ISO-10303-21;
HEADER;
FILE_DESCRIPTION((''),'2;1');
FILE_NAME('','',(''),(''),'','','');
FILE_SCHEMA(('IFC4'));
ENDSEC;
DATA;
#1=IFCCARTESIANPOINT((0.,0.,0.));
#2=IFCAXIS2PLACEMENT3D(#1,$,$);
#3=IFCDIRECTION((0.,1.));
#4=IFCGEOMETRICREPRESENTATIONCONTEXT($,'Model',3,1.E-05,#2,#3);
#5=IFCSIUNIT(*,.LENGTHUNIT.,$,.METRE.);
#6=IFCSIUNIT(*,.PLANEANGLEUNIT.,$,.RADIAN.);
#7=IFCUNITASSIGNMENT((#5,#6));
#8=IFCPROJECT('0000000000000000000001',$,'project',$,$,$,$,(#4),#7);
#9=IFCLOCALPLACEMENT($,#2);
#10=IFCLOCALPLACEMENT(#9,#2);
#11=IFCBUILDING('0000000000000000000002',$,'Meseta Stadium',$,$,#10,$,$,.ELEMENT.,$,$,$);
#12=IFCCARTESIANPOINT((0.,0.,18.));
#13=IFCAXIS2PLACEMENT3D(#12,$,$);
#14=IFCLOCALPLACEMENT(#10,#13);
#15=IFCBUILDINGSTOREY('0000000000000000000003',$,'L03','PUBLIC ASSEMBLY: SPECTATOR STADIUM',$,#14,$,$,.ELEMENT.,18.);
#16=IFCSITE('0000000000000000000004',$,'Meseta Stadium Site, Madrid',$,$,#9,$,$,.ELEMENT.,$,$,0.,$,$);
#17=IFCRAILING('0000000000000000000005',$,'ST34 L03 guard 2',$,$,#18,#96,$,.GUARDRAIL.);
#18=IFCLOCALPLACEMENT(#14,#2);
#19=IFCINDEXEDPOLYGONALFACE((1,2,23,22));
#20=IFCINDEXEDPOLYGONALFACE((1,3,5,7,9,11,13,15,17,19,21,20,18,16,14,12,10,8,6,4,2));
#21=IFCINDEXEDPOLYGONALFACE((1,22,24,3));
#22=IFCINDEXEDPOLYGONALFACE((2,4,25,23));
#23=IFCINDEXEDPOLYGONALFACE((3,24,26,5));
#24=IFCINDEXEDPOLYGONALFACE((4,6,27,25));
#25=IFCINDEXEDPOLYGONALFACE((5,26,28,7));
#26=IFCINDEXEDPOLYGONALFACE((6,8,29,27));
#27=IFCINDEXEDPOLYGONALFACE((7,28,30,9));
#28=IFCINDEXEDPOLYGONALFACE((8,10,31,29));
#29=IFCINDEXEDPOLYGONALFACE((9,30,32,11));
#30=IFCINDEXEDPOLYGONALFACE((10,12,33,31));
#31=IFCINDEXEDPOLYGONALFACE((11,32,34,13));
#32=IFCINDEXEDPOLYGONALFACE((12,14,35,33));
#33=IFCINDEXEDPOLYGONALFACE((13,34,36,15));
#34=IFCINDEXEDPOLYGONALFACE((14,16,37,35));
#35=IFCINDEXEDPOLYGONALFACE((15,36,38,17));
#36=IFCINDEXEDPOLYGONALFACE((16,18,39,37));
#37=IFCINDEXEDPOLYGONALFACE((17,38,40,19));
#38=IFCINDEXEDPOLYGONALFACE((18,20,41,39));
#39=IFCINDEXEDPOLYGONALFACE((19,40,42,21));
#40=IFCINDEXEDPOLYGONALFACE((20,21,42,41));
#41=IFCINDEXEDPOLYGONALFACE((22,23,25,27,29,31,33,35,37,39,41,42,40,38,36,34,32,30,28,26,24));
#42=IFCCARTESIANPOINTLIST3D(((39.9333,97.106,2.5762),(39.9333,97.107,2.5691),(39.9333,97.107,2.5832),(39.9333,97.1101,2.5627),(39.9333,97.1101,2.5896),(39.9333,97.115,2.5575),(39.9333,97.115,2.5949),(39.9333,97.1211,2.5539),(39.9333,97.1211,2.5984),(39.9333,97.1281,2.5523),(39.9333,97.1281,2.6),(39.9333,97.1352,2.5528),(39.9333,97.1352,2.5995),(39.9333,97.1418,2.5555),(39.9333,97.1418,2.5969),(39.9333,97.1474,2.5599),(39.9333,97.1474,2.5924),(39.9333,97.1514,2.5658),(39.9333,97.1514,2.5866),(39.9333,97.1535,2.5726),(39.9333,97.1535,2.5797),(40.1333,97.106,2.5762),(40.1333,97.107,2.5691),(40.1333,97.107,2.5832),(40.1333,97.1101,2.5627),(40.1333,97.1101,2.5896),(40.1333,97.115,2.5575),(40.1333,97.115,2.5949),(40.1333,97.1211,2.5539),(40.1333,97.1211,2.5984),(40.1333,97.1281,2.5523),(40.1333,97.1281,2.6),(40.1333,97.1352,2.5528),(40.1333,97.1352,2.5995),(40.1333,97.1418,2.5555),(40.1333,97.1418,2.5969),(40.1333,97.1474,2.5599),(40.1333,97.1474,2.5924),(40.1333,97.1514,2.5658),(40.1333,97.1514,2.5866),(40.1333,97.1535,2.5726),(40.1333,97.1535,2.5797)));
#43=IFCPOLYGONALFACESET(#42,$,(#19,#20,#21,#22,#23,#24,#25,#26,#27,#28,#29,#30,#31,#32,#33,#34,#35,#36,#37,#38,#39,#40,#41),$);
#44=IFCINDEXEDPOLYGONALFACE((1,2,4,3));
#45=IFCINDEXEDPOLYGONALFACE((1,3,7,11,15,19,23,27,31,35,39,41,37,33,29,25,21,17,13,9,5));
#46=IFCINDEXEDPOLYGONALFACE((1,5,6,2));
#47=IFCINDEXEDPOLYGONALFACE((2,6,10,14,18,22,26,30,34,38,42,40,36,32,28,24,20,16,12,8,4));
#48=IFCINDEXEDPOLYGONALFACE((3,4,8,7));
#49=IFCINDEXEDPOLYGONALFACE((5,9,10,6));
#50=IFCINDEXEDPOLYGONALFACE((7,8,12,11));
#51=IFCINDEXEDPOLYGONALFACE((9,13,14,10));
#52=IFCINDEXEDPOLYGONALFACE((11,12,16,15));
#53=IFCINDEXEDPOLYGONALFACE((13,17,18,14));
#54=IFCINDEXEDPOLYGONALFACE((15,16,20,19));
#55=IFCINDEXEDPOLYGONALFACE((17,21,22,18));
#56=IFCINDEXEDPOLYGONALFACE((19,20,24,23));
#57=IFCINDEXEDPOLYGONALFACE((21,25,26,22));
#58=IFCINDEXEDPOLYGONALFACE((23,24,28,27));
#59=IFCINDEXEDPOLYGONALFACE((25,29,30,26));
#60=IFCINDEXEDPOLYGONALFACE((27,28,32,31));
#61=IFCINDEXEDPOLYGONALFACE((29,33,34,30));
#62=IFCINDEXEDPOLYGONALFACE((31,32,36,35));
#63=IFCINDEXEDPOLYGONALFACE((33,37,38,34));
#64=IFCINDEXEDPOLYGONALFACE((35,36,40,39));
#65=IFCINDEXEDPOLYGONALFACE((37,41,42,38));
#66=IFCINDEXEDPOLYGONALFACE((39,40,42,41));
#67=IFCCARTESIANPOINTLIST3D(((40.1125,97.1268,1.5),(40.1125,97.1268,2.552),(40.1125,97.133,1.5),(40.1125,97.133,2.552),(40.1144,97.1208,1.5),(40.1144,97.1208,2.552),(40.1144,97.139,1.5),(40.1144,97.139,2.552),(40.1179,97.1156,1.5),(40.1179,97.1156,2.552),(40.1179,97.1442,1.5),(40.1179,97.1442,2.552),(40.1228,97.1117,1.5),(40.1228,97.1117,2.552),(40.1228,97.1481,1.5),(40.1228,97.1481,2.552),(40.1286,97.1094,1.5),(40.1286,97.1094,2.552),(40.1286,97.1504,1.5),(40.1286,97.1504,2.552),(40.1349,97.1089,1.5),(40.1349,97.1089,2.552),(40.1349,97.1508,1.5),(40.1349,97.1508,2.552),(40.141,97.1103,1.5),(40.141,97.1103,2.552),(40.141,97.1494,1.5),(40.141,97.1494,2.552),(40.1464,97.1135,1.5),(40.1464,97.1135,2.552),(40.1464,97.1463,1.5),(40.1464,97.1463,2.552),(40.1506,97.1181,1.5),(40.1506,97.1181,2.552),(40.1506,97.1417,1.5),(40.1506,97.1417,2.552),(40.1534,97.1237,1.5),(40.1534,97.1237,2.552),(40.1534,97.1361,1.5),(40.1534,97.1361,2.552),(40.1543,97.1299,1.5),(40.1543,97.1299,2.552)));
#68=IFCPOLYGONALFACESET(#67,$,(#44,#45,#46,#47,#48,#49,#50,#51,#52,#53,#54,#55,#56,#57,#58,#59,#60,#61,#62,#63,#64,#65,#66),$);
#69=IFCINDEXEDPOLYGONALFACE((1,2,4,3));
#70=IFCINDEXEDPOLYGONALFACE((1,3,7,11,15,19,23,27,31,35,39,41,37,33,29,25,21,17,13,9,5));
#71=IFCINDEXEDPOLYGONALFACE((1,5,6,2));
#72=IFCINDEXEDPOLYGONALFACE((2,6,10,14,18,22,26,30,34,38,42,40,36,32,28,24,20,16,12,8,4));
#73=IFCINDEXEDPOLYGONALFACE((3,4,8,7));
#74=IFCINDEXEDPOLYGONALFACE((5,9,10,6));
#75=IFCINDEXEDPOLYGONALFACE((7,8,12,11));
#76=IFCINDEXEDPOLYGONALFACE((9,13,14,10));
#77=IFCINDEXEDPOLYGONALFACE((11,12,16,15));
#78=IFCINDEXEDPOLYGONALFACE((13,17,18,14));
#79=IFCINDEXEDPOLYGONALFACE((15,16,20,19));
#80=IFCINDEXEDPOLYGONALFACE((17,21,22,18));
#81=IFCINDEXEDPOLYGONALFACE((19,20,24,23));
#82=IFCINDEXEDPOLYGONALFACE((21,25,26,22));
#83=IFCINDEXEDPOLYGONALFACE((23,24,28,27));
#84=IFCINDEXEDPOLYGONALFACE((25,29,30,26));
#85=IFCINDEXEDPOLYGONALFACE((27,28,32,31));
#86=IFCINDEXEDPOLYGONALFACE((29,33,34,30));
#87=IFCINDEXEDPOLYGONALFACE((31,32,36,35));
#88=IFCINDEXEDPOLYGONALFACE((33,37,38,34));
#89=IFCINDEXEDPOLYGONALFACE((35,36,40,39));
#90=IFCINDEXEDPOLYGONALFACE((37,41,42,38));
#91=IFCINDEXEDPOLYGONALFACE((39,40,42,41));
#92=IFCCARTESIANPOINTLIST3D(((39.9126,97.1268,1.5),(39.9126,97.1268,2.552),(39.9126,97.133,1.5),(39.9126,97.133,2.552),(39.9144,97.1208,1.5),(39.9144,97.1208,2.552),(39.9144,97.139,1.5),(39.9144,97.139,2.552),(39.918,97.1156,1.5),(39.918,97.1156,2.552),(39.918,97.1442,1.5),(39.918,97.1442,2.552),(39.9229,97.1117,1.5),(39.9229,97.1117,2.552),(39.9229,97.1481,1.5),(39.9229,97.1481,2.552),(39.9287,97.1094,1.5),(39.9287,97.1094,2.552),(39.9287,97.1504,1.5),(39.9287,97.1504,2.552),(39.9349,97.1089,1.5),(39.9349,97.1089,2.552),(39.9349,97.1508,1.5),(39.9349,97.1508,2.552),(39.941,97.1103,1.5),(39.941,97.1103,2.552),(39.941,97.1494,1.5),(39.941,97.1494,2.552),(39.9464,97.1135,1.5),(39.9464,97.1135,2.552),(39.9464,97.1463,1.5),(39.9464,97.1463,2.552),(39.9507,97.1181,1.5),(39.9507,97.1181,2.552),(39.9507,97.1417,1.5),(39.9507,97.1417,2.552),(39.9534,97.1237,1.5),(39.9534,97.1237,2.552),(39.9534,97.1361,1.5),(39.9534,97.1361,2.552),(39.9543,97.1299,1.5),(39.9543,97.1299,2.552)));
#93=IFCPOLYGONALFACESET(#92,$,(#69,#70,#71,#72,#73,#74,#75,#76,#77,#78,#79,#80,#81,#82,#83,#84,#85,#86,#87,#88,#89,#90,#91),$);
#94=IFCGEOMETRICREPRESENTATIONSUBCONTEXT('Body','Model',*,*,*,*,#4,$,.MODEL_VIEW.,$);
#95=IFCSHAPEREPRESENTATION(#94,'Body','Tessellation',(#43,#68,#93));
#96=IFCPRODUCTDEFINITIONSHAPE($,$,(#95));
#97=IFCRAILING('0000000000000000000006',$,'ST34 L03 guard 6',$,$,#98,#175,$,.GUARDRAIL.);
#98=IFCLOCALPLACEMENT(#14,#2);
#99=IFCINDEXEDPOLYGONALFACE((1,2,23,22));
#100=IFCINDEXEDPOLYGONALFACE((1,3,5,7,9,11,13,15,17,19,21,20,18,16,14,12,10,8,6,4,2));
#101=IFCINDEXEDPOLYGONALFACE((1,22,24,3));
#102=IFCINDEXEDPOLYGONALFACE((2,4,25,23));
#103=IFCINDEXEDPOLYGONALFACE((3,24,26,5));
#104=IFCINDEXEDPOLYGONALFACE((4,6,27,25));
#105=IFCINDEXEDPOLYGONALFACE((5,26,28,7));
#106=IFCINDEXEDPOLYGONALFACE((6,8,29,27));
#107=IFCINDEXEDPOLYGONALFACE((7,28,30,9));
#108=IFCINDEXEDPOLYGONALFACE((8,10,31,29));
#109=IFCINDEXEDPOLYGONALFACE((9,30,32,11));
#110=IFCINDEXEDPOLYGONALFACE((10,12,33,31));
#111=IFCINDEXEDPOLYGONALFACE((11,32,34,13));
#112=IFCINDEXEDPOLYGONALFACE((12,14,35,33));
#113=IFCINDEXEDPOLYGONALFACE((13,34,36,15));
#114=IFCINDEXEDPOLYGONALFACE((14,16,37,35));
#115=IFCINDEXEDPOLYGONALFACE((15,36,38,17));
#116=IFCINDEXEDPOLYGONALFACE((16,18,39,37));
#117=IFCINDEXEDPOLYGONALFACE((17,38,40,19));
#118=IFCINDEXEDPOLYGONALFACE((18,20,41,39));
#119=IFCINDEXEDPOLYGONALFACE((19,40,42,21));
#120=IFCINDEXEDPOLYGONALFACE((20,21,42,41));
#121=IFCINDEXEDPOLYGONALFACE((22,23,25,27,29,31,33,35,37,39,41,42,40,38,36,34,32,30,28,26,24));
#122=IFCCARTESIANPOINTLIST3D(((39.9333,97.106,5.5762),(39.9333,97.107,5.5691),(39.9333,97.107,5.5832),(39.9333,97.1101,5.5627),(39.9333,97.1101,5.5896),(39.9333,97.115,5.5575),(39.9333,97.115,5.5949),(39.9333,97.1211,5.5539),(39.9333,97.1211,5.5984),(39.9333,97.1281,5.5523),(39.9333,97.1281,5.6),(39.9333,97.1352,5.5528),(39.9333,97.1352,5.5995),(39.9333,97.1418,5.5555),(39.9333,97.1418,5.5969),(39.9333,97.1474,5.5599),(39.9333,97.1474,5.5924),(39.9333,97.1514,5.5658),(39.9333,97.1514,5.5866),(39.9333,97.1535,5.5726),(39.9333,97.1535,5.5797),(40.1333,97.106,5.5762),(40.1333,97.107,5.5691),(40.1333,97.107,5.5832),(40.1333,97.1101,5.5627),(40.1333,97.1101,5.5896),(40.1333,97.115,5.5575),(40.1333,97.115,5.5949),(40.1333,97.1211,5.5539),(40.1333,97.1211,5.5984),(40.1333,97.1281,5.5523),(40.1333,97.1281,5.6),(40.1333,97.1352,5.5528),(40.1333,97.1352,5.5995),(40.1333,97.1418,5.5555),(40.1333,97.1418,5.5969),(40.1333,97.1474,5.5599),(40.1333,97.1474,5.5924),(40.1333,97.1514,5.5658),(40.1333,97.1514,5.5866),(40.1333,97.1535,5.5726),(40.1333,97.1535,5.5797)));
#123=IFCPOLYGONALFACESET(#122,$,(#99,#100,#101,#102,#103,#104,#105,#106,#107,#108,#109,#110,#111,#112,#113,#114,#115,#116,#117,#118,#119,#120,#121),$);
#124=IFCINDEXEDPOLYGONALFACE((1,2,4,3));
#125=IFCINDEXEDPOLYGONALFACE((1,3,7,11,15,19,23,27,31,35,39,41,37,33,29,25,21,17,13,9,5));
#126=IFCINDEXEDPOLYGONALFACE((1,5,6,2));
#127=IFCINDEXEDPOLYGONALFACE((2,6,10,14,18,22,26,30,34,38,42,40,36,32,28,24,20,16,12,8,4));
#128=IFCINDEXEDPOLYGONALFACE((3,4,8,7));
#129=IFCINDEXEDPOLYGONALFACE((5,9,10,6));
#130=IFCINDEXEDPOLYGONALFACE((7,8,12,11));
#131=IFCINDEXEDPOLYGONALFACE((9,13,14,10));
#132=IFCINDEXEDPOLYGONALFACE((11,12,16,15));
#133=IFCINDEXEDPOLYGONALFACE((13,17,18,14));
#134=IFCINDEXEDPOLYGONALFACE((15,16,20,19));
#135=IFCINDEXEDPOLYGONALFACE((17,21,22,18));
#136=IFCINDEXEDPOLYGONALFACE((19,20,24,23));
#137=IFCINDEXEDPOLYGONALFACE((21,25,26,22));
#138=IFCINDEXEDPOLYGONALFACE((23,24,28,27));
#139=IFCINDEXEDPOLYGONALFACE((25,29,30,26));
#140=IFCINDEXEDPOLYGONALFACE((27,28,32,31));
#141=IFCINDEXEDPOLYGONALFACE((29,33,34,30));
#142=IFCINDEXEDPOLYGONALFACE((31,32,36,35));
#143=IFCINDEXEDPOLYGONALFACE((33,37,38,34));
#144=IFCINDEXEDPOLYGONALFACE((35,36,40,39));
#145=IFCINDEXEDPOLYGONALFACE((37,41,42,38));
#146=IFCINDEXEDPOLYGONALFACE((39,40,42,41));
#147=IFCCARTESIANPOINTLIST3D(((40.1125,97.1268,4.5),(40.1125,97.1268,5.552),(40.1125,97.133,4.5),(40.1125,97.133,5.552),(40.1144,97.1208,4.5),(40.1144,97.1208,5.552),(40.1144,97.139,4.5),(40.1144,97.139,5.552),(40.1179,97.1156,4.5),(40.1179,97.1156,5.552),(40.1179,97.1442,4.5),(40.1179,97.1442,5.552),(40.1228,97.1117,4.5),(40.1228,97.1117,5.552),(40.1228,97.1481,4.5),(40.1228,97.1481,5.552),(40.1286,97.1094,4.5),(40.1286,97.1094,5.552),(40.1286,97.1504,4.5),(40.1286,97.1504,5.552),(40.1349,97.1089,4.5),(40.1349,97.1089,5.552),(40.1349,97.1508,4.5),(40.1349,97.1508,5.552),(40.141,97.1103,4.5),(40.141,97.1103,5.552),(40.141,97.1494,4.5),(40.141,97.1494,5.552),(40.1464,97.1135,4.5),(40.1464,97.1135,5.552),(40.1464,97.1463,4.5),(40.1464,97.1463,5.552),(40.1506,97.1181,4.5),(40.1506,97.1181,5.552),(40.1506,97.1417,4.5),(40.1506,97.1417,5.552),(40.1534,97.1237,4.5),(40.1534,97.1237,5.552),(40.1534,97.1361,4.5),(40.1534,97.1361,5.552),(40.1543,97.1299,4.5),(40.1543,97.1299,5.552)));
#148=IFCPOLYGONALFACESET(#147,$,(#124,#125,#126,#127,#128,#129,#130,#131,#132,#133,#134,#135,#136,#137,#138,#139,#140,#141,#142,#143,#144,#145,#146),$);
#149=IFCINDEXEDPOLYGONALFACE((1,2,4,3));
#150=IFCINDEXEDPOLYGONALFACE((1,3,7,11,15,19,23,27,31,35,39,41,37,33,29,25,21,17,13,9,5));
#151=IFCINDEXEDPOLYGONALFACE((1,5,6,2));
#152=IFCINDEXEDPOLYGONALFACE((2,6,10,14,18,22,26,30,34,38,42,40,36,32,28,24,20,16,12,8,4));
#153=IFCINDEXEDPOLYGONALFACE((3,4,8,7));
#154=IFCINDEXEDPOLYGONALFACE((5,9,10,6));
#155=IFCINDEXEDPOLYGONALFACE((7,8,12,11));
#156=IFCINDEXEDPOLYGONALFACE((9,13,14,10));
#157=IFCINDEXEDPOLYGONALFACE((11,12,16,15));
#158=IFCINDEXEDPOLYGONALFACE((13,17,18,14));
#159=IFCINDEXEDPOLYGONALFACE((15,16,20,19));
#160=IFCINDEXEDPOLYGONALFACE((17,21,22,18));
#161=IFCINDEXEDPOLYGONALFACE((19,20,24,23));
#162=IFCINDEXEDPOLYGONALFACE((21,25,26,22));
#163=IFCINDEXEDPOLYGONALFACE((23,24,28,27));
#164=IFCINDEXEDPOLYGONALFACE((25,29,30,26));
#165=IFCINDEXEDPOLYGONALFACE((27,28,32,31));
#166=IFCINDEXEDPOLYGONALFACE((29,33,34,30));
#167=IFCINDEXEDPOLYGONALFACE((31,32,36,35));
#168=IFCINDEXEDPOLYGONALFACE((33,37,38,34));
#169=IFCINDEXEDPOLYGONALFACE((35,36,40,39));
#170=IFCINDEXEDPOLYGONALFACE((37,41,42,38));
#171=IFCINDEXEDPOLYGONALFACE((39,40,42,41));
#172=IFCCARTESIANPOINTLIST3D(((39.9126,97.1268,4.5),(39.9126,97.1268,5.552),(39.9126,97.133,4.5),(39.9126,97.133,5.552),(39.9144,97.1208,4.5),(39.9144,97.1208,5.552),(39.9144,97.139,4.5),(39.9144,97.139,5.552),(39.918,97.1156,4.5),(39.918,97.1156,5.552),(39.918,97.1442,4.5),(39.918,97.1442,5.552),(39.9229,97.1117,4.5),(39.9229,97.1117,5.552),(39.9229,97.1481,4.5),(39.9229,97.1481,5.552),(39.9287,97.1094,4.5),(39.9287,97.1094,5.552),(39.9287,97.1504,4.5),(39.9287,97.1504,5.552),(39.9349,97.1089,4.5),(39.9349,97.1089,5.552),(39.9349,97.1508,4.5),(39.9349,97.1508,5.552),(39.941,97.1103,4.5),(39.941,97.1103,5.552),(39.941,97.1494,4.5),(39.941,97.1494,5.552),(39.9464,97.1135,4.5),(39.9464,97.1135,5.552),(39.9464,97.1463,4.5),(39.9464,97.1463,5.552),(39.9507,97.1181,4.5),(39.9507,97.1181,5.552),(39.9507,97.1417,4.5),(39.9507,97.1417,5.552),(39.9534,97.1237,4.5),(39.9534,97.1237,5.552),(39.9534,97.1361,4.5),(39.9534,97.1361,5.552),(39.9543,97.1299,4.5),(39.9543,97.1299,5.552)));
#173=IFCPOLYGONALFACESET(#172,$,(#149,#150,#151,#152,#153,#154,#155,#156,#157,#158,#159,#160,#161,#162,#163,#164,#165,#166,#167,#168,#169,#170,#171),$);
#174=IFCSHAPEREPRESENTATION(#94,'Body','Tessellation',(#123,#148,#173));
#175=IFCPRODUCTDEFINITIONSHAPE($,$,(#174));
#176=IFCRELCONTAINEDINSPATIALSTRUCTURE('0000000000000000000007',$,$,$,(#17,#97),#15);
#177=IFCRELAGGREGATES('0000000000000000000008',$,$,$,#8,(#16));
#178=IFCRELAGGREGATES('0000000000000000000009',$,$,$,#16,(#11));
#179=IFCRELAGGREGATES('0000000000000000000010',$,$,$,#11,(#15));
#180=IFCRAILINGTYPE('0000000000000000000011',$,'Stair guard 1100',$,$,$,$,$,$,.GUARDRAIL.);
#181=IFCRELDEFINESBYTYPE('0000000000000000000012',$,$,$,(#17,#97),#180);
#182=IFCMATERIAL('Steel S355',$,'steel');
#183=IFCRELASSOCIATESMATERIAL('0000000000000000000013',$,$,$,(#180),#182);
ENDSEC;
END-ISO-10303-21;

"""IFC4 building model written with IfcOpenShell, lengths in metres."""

from ifc_helpers import new_model, si_unit, direction, frame, origin, origin_2d, place, context, subcontext, project, spatial, circle, extrude, material, type_object, element, save


model = new_model("IFC4")

# Units and contexts
model_context = context("Model", 3, precision=1e-05, world=origin(), true_north=direction((0.0, 1.0)))
body_context = subcontext(model_context, "Body", "Model", "MODEL_VIEW")
ifc_project = project(units=[si_unit("LENGTHUNIT", "METRE"), si_unit("PLANEANGLEUNIT", "RADIAN")], contexts=[model_context])

# Site, building, storey
site_placement = place(None, origin())
site = spatial("IfcSite", under=ifc_project, at=site_placement, Name="Meseta Stadium Site, Madrid", CompositionType="ELEMENT", RefElevation=0.0)
building_placement = place(site_placement, origin())
building = spatial("IfcBuilding", under=site, at=building_placement, Name="Meseta Stadium", CompositionType="ELEMENT")
storey_placement = place(building_placement, frame((0.0, 0.0, 18.0)))
storey = spatial("IfcBuildingStorey", under=building, at=storey_placement, Name="L03", Description="PUBLIC ASSEMBLY: SPECTATOR STADIUM", CompositionType="ELEMENT", Elevation=18.0)

# Railings
ifc_material_1 = material(Name="Steel S355", Category="steel")
railing_type_1 = type_object("IfcRailingType", Name="Stair guard 1100", PredefinedType="GUARDRAIL", material=ifc_material_1)
for number, where, name in (
    (1, (40.1333, 97.1299, 1.5), "ST34 L03 guard 2"),
    (2, (40.1333, 97.1299, 4.5), "ST34 L03 guard 6"),
):
    element("IfcRailing", number, at=place(storey_placement, frame(where)), inside=storey, type_object=railing_type_1, Name=name, PredefinedType="GUARDRAIL", context=body_context, shape_type="SweptSolid", body=[
        extrude(circle(Radius=0.0239, at=origin_2d()), frame((0.0, 0.0, 1.0762), z_axis=(-1.0, 0.0, 0.0), x_axis=(0.0, -1.0, 0.0)), (0.0, 0.0, 1.0), 0.2),
        extrude(circle(Radius=0.021, at=origin_2d()), origin(), (0.0, 0.0, 1.0), 1.052),
        extrude(circle(Radius=0.021, at=origin_2d()), frame((-0.2, 0.0, 0.0)), (0.0, 0.0, 1.0), 1.052),
    ])

save(model, "model.ifc")
